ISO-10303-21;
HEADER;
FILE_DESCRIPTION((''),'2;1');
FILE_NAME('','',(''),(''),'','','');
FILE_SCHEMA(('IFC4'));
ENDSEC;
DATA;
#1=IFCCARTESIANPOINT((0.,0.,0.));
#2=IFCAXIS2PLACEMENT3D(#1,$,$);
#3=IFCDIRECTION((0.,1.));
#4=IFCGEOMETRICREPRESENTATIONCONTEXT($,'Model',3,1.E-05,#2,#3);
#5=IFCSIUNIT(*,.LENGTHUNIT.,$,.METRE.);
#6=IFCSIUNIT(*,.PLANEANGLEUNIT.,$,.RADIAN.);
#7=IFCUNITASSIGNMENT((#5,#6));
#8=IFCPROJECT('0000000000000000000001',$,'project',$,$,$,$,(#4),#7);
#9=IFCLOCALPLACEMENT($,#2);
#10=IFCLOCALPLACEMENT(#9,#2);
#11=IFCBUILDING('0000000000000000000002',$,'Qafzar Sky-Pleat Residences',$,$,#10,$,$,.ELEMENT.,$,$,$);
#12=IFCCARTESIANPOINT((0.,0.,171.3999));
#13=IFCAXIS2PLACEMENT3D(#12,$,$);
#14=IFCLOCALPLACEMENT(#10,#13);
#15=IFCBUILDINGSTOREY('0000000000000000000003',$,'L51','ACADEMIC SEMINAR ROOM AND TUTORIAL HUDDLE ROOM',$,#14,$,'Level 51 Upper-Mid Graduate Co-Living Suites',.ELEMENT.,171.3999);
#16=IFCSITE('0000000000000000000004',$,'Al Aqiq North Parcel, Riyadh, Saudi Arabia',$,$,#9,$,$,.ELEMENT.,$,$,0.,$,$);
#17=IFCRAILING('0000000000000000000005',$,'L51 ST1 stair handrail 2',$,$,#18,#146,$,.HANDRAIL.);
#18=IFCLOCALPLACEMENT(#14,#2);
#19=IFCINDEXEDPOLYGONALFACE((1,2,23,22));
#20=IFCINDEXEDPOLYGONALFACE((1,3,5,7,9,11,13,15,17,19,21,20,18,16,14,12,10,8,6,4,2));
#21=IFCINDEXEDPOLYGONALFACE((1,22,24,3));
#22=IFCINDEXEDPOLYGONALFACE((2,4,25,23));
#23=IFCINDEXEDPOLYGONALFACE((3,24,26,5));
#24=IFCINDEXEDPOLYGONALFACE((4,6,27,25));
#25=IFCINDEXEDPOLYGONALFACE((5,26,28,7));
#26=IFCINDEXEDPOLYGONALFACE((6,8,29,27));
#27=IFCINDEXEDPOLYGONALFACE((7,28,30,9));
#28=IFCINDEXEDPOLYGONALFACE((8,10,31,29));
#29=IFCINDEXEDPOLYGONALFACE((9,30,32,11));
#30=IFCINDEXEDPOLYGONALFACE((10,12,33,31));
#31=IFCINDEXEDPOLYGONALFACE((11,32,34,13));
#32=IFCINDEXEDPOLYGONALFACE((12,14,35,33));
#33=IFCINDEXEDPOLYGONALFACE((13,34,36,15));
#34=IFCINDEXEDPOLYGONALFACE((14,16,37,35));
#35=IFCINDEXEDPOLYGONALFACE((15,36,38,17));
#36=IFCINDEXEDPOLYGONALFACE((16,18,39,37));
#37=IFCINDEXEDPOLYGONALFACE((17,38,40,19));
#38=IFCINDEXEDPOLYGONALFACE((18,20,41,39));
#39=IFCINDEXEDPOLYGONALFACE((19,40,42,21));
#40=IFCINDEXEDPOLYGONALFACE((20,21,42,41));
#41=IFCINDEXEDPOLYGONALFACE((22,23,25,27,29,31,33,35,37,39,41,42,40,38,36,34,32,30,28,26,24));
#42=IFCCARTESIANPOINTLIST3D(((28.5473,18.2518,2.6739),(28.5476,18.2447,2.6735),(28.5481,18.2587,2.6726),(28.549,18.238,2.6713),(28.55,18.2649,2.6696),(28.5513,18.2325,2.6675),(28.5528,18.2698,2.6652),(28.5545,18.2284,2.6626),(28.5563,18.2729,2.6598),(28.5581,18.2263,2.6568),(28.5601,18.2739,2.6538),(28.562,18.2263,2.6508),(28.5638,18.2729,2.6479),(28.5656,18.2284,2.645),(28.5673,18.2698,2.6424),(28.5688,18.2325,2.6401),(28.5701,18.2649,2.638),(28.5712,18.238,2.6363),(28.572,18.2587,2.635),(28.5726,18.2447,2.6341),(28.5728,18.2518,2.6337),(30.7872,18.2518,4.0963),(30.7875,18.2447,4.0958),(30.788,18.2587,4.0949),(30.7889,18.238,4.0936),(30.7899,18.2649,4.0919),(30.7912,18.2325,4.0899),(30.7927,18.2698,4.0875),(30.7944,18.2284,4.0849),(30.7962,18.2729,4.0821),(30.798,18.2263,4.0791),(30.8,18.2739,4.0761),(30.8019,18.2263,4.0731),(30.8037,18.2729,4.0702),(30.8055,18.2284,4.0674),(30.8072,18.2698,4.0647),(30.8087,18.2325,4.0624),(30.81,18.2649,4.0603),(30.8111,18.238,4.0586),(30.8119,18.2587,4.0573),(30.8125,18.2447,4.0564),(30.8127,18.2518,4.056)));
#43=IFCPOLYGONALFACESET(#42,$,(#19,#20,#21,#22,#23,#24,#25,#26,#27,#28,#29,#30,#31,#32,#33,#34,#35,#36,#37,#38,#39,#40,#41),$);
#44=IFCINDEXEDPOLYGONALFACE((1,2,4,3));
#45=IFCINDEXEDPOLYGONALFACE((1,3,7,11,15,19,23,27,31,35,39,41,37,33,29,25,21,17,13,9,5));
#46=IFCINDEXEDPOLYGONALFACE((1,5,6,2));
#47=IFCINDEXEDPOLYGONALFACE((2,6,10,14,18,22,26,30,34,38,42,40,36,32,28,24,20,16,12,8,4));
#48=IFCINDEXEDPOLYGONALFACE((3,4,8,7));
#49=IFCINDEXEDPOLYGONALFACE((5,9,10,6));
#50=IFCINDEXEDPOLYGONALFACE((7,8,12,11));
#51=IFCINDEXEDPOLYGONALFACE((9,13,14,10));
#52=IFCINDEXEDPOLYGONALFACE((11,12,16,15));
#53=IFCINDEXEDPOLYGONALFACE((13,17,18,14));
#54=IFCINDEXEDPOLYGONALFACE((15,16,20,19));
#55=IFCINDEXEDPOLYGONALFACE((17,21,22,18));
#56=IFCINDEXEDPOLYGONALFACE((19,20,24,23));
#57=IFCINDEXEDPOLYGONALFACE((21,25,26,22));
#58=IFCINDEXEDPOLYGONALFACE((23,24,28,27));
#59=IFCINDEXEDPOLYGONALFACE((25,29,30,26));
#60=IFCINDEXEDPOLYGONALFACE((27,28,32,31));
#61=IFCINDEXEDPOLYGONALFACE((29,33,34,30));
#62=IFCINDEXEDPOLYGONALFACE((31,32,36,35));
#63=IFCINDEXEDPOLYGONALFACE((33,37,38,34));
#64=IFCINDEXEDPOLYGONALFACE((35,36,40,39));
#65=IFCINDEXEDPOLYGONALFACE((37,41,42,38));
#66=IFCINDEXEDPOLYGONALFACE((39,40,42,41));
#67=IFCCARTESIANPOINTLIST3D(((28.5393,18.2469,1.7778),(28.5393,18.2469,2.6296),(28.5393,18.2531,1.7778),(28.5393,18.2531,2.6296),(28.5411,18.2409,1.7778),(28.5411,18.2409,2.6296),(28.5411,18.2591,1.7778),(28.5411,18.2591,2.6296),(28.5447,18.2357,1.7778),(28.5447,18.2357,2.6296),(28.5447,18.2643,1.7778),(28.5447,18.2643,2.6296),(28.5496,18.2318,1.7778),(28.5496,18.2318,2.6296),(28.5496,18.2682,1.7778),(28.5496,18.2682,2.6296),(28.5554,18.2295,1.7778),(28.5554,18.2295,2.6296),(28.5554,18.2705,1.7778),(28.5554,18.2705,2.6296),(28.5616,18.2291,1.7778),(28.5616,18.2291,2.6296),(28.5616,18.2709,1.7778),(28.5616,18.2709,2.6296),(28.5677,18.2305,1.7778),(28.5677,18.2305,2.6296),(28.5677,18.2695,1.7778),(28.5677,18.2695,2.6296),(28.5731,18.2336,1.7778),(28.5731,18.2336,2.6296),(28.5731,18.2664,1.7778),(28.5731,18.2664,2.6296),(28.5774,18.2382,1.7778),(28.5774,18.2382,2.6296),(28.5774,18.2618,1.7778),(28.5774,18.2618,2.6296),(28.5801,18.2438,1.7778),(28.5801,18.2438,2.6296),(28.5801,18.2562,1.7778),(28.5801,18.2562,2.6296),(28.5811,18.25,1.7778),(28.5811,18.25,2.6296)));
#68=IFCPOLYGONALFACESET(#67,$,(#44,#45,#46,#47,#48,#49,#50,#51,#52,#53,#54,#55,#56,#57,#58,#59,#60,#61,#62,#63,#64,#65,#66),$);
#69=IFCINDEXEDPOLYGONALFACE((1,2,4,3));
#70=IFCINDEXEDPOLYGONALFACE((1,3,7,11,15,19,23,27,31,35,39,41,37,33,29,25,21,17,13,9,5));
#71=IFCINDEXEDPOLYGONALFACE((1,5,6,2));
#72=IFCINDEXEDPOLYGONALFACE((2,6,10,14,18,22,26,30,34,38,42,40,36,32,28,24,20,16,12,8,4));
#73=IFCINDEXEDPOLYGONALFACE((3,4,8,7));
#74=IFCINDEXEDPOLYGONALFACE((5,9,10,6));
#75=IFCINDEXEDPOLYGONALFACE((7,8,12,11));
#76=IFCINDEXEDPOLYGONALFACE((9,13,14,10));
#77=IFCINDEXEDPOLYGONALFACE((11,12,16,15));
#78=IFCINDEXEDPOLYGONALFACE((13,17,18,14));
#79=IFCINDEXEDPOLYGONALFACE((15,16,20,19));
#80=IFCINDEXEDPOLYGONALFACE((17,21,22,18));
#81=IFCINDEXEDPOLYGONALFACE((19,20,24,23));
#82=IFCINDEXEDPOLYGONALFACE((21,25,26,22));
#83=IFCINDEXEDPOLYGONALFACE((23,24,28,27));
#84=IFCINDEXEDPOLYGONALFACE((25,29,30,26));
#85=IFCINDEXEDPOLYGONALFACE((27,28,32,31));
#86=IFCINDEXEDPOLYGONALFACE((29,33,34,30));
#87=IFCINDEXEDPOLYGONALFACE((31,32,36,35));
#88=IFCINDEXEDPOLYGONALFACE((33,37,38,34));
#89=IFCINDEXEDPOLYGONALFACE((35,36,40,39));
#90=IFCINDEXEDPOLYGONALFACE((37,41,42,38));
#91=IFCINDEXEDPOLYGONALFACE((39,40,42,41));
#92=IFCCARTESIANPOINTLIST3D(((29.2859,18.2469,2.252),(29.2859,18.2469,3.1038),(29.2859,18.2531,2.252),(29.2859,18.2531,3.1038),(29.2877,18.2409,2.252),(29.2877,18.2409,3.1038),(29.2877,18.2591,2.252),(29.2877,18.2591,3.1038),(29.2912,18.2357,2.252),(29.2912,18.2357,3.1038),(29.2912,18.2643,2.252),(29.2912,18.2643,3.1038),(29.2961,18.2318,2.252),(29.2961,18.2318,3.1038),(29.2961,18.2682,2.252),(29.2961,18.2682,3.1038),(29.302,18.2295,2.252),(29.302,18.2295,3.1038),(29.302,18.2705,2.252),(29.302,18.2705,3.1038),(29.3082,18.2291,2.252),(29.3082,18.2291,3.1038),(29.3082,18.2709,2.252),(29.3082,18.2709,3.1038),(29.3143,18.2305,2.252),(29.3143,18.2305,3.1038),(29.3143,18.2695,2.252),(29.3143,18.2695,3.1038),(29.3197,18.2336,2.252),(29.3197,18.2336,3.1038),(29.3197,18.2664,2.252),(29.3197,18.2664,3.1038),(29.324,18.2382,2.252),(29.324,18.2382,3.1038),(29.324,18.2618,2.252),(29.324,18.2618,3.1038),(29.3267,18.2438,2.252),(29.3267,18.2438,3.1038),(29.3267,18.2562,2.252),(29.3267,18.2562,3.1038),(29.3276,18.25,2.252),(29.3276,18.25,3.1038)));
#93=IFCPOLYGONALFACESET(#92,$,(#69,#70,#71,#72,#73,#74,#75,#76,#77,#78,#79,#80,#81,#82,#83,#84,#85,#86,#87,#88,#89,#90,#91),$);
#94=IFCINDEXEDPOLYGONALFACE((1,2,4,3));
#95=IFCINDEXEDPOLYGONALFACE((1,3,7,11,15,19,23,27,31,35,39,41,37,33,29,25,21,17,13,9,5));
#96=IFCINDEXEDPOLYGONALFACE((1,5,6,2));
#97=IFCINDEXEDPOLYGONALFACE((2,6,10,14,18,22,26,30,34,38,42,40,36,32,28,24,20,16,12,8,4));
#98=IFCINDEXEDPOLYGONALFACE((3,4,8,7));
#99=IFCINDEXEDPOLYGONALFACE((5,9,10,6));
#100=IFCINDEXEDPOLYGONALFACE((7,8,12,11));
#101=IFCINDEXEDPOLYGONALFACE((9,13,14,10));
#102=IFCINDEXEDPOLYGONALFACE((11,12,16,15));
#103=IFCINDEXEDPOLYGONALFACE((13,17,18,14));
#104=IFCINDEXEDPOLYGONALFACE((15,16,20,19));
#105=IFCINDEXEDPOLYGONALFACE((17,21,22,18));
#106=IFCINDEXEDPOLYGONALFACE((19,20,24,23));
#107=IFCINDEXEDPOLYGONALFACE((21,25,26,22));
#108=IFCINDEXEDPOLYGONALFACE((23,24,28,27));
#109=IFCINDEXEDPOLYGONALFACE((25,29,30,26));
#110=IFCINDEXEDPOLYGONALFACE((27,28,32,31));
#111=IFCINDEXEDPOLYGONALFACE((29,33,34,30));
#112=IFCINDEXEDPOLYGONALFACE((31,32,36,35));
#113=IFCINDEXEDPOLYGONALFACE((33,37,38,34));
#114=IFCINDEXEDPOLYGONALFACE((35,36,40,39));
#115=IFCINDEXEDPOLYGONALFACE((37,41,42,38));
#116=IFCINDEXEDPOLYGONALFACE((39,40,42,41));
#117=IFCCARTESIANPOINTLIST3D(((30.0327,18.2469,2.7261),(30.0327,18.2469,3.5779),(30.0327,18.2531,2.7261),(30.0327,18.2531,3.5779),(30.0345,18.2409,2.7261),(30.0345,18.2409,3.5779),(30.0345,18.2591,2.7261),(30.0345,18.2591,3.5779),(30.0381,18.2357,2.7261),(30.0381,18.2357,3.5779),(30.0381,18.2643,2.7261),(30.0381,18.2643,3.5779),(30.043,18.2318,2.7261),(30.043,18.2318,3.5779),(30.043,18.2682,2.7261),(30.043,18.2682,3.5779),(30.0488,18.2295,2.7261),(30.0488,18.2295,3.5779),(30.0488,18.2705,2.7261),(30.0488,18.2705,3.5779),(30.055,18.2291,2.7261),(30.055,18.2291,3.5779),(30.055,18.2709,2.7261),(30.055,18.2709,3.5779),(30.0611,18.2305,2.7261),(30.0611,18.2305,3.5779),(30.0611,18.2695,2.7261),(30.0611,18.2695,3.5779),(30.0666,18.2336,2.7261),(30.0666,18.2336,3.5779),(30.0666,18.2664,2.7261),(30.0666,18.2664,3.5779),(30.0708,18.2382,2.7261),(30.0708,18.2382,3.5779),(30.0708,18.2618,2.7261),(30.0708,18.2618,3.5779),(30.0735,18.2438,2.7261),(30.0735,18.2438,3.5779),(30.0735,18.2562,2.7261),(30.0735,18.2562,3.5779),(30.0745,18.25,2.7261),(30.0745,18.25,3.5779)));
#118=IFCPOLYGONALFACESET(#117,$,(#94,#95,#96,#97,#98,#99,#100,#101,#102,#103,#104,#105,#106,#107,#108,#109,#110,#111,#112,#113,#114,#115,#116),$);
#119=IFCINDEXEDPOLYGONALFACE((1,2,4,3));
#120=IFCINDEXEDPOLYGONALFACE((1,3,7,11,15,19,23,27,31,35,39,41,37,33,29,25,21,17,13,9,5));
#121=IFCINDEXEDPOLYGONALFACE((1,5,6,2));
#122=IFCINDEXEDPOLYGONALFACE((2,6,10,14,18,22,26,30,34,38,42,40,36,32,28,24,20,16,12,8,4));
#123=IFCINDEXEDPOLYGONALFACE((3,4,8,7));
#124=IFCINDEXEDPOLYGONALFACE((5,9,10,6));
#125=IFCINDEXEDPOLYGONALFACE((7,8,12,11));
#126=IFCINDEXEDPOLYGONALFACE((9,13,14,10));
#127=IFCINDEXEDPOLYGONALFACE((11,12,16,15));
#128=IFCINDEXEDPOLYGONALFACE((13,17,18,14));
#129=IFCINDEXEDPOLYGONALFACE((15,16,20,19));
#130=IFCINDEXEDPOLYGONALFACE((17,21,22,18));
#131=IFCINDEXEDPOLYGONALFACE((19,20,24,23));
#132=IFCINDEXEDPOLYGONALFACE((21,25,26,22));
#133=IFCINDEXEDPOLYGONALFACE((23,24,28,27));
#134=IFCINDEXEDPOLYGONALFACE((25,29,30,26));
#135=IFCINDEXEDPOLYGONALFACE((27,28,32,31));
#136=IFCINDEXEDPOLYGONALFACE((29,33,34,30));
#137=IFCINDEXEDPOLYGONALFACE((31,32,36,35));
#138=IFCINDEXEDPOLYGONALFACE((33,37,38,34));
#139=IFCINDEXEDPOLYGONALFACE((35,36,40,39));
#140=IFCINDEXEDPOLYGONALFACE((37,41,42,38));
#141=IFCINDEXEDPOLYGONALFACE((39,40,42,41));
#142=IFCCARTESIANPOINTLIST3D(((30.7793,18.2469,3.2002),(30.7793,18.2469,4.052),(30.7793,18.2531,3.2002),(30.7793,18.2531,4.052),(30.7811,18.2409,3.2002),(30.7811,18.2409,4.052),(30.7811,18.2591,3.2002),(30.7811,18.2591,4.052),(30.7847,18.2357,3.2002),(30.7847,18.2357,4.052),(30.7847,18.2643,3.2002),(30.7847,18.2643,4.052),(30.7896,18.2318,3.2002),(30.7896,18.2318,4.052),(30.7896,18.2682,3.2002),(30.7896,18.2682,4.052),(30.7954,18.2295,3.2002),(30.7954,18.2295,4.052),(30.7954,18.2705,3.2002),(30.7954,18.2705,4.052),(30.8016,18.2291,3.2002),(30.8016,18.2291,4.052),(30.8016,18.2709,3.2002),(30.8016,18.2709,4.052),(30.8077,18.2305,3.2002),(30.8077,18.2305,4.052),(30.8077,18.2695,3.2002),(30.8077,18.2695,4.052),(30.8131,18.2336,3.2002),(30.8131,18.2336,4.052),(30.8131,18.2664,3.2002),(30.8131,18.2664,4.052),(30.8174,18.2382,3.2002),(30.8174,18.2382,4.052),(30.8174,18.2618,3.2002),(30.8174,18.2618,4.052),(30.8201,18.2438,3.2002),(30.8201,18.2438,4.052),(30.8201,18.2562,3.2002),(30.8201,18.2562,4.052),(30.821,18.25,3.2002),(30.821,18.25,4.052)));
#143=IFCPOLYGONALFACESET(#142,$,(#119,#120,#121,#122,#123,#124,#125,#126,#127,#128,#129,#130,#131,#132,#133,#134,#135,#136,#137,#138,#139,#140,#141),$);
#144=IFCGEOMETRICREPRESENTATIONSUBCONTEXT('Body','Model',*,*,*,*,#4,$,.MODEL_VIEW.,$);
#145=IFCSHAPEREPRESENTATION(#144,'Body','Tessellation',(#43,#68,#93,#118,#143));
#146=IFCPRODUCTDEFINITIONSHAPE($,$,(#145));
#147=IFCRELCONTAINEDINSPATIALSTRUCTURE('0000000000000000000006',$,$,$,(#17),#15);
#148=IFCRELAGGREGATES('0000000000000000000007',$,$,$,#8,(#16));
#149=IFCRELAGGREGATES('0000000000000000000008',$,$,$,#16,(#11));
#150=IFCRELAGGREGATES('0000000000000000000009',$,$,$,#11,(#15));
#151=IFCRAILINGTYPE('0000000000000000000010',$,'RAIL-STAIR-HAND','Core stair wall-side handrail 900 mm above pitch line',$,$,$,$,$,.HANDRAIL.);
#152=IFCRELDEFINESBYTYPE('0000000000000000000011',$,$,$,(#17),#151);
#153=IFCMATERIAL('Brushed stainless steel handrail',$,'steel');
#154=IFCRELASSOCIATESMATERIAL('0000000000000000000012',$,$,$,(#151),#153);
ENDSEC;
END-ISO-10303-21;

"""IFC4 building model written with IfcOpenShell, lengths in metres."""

from ifc_helpers import new_model, si_unit, direction, frame, origin, origin_2d, place, context, subcontext, project, spatial, circle, extrude, source, transform, mapped, material, type_object, element, save


model = new_model("IFC4")

# Units and contexts
model_context = context("Model", 3, precision=1e-05, world=origin(), true_north=direction((0.0, 1.0)))
body_context = subcontext(model_context, "Body", "Model", "MODEL_VIEW")
ifc_project = project(units=[si_unit("LENGTHUNIT", "METRE"), si_unit("PLANEANGLEUNIT", "RADIAN")], contexts=[model_context])

# Site, building, storey
site_placement = place(None, origin())
site = spatial("IfcSite", under=ifc_project, at=site_placement, Name="Al Aqiq North Parcel, Riyadh, Saudi Arabia", CompositionType="ELEMENT", RefElevation=0.0)
building_placement = place(site_placement, origin())
building = spatial("IfcBuilding", under=site, at=building_placement, Name="Qafzar Sky-Pleat Residences", CompositionType="ELEMENT")
storey_placement = place(building_placement, frame((0.0, 0.0, 171.3999)))
storey = spatial("IfcBuildingStorey", under=building, at=storey_placement, Name="L51", Description="ACADEMIC SEMINAR ROOM AND TUTORIAL HUDDLE ROOM", LongName="Level 51 Upper-Mid Graduate Co-Living Suites", CompositionType="ELEMENT", Elevation=171.3999)

# Railing
ifc_material_1 = material(Name="Brushed stainless steel handrail", Category="steel")
railing_type_1 = type_object("IfcRailingType", Name="RAIL-STAIR-HAND", Description="Core stair wall-side handrail 900 mm above pitch line", PredefinedType="HANDRAIL", material=ifc_material_1)
shared_shape_1 = source(origin(), body_context, "Body", "SweptSolid", [
    extrude(circle(Radius=0.0239, at=origin_2d()), frame((0.0, 0.0, 0.876), z_axis=(0.844188, 0.0, 0.536048), x_axis=(0.0, 1.0, 0.0)), (0.0, 0.0, 1.0), 2.6533),
    extrude(circle(Radius=0.021, at=origin_2d()), origin(), (0.0, 0.0, 1.0), 0.8518),
    extrude(circle(Radius=0.021, at=origin_2d()), frame((0.7466, 0.0, 0.4741)), (0.0, 0.0, 1.0), 0.8518),
    extrude(circle(Radius=0.021, at=origin_2d()), frame((1.4934, 0.0, 0.9482)), (0.0, 0.0, 1.0), 0.8518),
    extrude(circle(Radius=0.021, at=origin_2d()), frame((2.24, 0.0, 1.4224)), (0.0, 0.0, 1.0), 0.8518),
])
railing_1_placement = place(storey_placement, frame((28.5601, 18.25, 1.7778)))
element("IfcRailing", 1, at=railing_1_placement, inside=storey, type_object=railing_type_1, Name="L51 ST1 stair handrail 2", PredefinedType="HANDRAIL", context=body_context, shape_type="MappedRepresentation", body=[
    mapped(shared_shape_1, transform((0.0, 0.0, 0.0), x_axis=(1.0, 0.0, 0.0), y_axis=(0.0, 1.0, 0.0), z_axis=(0.0, 0.0, 1.0), scale=1.0)),
])

save(model, "model.ifc")
